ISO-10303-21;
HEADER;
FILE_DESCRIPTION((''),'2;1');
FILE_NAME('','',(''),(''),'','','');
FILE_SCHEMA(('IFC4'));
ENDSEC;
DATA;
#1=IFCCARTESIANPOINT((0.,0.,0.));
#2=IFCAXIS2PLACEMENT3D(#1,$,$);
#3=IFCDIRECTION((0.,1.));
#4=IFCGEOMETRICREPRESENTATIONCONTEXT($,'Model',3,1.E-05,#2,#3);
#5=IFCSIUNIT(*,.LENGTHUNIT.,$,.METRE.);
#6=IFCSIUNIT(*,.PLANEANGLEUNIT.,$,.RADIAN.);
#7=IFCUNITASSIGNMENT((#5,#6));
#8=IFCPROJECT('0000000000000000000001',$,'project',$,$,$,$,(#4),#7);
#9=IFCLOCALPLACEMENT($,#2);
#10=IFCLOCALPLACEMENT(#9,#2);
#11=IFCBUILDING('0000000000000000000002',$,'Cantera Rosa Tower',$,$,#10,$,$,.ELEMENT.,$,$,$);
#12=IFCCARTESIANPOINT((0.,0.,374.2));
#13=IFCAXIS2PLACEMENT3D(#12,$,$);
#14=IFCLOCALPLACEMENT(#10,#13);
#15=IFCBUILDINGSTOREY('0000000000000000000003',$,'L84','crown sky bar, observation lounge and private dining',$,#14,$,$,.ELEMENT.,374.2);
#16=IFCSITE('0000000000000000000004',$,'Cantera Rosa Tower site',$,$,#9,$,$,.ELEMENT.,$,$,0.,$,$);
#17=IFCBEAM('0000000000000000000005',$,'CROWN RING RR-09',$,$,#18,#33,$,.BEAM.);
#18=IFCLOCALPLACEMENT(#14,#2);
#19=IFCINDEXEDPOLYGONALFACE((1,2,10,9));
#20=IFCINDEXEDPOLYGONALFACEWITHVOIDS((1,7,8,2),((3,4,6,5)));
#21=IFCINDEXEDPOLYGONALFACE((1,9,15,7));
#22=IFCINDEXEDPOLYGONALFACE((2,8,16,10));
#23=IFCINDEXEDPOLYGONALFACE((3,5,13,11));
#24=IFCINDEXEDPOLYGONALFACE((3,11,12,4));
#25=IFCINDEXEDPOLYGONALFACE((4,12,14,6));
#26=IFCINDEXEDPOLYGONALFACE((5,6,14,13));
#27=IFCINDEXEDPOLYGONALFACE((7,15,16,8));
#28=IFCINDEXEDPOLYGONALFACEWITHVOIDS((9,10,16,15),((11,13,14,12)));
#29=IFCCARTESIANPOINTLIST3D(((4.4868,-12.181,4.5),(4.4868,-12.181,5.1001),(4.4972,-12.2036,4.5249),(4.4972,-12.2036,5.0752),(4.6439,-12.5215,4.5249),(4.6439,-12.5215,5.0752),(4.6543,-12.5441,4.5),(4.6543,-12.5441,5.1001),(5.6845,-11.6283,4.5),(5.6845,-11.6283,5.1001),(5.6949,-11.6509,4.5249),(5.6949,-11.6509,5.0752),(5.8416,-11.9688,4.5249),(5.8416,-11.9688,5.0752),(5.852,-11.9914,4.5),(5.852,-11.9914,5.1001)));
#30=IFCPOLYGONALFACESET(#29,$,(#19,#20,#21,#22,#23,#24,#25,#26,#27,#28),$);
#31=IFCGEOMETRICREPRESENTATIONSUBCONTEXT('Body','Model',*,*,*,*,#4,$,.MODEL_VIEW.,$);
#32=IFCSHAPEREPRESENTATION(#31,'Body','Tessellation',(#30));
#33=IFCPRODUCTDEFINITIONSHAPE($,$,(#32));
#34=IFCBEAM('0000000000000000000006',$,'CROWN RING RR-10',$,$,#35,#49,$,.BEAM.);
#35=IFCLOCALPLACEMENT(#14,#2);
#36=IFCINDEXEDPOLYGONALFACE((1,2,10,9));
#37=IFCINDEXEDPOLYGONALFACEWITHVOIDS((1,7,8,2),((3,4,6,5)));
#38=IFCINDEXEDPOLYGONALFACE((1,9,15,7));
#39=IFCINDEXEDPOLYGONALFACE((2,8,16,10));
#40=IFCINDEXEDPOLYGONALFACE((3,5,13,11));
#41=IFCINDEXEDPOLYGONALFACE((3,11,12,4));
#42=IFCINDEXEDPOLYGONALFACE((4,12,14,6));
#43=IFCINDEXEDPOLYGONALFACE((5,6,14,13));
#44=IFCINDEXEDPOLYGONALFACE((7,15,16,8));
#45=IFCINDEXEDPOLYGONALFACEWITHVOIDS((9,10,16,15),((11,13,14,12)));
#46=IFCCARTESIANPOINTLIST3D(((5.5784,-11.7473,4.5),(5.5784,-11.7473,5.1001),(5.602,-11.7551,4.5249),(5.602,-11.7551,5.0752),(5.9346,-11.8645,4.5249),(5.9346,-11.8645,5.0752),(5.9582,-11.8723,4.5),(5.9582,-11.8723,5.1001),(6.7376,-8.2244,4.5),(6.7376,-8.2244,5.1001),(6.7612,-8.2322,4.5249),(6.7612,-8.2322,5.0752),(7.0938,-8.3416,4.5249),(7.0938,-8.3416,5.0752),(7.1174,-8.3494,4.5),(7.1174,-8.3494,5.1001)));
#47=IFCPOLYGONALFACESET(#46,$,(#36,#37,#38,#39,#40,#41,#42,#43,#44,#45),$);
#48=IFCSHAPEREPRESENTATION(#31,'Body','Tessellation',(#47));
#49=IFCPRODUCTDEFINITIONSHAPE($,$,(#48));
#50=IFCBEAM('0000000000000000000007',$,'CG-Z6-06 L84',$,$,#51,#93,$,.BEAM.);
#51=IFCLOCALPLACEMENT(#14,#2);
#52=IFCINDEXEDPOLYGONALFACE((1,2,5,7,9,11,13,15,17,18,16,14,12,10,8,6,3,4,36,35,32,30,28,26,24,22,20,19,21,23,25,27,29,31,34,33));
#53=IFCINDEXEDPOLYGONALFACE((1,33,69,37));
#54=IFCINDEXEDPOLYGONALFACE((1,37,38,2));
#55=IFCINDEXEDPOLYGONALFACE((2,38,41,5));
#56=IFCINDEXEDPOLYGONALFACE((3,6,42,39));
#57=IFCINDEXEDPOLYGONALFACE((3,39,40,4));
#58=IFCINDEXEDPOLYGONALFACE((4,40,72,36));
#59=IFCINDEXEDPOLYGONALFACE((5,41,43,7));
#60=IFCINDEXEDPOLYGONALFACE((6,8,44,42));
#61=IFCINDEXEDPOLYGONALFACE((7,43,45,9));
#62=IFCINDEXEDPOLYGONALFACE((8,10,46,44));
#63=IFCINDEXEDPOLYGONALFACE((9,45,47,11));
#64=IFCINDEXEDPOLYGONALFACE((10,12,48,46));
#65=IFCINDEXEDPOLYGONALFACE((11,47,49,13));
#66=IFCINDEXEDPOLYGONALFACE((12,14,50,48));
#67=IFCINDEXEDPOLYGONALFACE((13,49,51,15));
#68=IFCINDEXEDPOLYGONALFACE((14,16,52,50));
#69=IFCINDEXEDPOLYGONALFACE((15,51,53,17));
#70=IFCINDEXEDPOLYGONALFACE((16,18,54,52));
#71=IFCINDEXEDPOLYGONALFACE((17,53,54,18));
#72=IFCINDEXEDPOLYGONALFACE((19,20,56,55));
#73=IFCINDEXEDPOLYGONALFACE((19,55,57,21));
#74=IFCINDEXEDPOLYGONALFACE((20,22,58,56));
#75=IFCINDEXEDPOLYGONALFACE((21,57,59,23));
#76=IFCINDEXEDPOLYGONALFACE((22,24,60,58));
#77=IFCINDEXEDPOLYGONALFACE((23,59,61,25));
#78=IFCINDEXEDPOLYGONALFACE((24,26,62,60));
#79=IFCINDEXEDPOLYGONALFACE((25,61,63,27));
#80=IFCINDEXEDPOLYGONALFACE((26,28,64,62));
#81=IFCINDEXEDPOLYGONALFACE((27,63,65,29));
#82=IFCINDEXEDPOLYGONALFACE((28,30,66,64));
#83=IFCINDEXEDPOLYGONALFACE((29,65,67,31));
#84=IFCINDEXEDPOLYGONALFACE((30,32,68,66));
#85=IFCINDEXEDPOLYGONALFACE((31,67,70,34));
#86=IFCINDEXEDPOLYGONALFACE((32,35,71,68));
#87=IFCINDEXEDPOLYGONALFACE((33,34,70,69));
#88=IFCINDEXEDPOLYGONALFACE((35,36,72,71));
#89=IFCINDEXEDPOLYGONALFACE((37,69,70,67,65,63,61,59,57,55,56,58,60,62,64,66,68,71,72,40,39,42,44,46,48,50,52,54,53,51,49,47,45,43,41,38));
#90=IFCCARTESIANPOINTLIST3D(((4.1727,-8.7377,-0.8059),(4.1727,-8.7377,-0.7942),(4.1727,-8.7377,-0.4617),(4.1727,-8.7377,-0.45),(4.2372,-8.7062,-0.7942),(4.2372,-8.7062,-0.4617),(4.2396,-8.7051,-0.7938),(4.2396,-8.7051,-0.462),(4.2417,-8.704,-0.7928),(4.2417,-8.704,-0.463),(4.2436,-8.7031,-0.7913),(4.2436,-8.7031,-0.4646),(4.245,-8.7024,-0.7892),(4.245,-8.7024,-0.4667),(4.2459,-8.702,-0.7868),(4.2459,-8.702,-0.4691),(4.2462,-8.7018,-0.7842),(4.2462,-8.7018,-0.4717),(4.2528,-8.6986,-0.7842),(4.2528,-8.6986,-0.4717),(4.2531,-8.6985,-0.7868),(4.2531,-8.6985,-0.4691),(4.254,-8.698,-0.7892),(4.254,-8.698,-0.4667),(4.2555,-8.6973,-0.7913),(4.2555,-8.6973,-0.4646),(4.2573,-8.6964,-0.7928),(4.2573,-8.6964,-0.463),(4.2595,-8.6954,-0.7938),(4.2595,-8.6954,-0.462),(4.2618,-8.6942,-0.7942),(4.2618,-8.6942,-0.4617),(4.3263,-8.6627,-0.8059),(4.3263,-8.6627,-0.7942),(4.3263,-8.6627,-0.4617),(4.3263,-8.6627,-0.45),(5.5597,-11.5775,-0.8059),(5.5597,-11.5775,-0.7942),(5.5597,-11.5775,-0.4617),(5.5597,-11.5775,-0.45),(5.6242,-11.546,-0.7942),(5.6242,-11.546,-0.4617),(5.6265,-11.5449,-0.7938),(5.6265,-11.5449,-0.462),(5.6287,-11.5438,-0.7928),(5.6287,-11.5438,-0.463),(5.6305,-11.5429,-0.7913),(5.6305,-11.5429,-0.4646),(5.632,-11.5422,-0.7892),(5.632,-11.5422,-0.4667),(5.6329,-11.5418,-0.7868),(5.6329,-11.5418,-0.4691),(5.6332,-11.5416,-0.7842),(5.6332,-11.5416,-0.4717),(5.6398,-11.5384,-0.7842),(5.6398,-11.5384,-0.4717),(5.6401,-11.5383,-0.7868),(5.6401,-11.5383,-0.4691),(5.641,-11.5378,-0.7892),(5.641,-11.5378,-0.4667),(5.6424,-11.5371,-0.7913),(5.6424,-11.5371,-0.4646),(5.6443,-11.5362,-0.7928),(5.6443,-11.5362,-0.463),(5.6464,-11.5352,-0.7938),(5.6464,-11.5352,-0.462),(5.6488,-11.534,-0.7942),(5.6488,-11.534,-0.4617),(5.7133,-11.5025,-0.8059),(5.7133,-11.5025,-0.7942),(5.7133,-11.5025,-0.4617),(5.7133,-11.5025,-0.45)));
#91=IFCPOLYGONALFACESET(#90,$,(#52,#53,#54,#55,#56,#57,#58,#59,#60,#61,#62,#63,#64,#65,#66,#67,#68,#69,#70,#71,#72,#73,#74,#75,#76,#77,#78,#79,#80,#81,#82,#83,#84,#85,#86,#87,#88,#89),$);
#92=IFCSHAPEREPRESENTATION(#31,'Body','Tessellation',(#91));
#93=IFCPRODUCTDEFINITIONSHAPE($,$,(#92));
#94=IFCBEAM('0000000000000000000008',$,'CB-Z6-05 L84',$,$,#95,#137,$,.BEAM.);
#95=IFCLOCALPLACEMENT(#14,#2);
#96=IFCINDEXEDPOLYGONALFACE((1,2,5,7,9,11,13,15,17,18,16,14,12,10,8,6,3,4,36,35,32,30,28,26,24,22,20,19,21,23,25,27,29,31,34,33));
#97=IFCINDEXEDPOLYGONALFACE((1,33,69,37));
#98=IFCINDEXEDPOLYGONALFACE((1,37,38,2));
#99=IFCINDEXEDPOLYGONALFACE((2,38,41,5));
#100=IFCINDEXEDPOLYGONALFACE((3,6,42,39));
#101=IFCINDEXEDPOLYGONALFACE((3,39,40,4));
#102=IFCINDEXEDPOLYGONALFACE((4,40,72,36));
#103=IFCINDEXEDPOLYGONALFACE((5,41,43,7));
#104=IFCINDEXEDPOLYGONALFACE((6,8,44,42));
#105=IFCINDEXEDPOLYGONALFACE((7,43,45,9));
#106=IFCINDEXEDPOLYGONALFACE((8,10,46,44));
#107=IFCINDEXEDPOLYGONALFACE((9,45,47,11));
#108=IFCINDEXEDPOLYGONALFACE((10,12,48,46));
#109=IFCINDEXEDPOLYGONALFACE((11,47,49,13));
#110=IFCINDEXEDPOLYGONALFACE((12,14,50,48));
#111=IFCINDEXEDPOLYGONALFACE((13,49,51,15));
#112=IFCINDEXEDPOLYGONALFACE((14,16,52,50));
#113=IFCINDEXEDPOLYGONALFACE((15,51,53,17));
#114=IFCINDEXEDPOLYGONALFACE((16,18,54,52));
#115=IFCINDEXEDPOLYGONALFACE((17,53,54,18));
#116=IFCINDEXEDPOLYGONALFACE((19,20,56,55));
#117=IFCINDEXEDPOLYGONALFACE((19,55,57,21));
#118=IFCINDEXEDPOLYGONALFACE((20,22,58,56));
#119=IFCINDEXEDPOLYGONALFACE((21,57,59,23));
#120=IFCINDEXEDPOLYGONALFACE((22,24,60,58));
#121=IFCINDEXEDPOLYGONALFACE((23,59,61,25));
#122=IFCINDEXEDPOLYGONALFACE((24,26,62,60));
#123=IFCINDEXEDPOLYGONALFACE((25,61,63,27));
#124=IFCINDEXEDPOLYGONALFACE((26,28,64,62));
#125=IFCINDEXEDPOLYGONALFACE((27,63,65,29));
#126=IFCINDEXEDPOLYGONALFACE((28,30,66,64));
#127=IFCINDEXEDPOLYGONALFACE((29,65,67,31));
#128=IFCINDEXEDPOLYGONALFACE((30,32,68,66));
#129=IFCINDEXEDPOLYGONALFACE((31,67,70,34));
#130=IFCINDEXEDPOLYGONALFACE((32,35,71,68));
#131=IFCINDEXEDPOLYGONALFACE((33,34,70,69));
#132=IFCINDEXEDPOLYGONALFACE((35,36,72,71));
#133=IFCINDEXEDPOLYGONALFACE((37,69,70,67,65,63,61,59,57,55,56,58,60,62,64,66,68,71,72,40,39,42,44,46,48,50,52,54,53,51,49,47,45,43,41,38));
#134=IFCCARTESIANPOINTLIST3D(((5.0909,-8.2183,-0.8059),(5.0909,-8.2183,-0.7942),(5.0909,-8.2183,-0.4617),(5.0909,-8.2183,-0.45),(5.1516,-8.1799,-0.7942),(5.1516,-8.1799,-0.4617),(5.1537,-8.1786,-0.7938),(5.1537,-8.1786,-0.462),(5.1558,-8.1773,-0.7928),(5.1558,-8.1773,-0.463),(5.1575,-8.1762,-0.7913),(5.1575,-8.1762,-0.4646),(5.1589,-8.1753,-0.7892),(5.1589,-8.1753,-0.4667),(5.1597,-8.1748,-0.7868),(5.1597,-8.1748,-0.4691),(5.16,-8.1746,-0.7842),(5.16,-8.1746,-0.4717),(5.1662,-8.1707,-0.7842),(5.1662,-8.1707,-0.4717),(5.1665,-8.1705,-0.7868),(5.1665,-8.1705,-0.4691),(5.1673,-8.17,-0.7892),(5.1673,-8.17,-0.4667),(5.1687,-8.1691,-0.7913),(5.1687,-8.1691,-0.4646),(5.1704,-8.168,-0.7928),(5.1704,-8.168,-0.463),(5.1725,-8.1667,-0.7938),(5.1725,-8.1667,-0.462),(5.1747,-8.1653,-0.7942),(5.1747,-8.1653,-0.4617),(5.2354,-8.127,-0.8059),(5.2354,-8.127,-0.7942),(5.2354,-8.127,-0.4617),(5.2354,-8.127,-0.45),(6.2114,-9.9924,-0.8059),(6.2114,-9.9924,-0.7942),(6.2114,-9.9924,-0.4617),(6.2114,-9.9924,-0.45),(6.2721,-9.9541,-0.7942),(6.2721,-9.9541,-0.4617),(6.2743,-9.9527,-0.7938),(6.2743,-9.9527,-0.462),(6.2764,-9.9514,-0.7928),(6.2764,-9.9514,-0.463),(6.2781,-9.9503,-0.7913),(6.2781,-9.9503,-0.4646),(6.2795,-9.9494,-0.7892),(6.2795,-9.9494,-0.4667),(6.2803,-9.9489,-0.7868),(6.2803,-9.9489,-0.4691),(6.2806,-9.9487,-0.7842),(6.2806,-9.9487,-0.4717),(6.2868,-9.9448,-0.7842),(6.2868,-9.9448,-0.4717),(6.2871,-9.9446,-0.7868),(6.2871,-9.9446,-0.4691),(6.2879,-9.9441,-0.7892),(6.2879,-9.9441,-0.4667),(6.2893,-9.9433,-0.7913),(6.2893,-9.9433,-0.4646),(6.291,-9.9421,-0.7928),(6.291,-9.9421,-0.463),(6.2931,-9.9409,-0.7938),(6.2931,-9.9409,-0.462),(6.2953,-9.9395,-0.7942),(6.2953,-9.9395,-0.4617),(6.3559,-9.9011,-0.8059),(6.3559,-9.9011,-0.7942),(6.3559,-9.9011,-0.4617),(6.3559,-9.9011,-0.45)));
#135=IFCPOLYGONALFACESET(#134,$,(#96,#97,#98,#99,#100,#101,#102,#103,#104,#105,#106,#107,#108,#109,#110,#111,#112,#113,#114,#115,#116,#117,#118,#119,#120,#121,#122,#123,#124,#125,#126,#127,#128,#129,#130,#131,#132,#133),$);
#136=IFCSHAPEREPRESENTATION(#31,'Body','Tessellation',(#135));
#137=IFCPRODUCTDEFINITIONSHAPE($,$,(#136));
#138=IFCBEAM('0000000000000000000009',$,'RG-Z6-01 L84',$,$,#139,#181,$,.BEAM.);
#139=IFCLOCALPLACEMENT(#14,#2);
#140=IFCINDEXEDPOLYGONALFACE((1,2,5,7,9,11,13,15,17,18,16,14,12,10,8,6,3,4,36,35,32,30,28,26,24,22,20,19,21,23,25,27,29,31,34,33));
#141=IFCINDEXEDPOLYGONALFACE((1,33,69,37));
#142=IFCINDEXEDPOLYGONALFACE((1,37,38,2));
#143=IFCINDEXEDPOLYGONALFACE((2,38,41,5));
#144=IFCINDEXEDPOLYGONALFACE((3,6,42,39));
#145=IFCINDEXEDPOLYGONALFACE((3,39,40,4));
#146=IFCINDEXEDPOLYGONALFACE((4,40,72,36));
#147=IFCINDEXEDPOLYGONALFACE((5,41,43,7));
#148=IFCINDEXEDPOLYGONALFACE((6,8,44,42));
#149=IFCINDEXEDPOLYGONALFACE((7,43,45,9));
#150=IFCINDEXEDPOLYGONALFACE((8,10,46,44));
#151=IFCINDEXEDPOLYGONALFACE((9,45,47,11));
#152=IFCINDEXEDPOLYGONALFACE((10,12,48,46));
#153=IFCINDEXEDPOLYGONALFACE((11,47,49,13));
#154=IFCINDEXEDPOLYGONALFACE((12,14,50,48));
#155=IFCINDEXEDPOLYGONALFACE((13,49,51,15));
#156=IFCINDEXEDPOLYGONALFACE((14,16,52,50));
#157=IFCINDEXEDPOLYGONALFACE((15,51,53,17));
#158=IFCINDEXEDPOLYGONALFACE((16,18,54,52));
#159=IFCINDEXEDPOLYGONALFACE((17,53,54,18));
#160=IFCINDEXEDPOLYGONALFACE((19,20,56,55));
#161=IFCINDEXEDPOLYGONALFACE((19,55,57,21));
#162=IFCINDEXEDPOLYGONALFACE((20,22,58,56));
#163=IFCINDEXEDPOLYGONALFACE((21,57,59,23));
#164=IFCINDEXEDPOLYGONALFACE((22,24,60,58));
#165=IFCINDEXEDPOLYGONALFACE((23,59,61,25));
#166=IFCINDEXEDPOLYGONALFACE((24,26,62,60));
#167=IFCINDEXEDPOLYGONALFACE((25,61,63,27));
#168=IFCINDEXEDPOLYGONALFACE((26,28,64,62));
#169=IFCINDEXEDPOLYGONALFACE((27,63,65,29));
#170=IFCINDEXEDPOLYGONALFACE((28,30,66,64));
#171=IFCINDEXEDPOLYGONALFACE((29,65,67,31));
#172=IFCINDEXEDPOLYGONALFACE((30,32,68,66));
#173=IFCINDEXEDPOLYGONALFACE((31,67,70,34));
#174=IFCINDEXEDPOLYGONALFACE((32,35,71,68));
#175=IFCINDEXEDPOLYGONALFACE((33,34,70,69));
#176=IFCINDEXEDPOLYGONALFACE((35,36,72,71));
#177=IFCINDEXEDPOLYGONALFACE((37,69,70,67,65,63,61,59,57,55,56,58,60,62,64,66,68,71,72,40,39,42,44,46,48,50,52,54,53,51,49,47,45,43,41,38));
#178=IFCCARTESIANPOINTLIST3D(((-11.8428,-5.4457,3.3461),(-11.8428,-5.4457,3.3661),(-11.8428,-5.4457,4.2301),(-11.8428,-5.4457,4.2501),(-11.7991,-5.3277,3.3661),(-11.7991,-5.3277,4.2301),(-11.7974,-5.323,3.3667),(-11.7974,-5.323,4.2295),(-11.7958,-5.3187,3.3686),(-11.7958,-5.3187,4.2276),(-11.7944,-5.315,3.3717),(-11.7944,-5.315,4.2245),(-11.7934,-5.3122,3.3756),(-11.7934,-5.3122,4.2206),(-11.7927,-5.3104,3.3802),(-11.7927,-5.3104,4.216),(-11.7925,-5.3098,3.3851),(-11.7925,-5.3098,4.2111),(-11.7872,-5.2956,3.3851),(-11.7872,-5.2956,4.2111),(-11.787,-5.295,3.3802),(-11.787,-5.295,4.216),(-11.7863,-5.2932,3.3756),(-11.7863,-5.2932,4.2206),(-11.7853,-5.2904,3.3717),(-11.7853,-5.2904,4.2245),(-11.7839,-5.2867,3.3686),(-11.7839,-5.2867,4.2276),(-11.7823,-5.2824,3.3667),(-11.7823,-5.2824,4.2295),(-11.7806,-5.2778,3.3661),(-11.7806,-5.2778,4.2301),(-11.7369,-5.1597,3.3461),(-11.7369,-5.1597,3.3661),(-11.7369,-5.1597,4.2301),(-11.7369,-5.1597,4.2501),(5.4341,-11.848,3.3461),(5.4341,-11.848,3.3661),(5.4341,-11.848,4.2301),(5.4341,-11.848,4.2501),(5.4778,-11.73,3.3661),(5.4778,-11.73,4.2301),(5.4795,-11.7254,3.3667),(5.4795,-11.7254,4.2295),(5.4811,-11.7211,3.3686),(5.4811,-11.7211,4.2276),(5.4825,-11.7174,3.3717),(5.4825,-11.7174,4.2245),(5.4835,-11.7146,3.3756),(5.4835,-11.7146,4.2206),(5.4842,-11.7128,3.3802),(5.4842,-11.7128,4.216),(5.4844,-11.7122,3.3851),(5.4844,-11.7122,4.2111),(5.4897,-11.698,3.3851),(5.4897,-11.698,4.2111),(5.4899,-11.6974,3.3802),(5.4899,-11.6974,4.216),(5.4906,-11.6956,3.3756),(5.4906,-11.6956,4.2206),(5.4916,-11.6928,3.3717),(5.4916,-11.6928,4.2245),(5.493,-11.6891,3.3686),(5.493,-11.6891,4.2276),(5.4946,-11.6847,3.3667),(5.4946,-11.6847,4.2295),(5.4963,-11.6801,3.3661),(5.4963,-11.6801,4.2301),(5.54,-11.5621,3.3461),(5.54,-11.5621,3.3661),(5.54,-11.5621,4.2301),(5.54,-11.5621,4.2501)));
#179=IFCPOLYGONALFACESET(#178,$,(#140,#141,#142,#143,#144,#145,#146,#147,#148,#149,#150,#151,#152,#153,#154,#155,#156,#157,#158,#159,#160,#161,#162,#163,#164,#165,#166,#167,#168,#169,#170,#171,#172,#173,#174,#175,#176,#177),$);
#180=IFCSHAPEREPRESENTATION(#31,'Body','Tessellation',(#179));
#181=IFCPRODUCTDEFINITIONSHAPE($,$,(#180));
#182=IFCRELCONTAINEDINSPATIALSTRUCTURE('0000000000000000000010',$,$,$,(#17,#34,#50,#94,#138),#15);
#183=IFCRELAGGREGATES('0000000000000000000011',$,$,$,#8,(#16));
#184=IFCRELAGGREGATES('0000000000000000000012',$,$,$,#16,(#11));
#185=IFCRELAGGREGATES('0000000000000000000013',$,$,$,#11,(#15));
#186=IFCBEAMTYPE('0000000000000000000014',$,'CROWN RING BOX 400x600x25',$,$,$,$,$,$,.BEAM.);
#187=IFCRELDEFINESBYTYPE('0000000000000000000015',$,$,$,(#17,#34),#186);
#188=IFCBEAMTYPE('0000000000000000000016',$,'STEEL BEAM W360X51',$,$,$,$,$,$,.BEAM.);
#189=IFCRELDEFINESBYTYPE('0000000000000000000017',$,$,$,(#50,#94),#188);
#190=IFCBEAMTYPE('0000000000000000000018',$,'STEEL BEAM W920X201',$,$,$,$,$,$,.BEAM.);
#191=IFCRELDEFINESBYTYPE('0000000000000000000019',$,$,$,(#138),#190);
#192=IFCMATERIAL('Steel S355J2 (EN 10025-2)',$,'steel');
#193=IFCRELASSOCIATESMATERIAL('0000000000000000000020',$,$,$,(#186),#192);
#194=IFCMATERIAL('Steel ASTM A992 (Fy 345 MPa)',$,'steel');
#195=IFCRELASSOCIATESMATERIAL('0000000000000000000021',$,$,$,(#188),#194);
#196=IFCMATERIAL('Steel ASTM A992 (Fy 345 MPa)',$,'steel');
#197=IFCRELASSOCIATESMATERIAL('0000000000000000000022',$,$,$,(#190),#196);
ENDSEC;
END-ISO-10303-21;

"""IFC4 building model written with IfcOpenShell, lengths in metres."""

from ifc_helpers import new_model, si_unit, direction, frame, origin, origin_2d, place, context, subcontext, project, spatial, hollow_rectangle, i_section, extrude, material, material_profile, profile_set, type_object, element, save


model = new_model("IFC4")

# Units and contexts
model_context = context("Model", 3, precision=1e-05, world=origin(), true_north=direction((0.0, 1.0)))
body_context = subcontext(model_context, "Body", "Model", "MODEL_VIEW")
ifc_project = project(units=[si_unit("LENGTHUNIT", "METRE"), si_unit("PLANEANGLEUNIT", "RADIAN")], contexts=[model_context])

# Site, building, storey
site_placement = place(None, origin())
site = spatial("IfcSite", under=ifc_project, at=site_placement, Name="Cantera Rosa Tower site", CompositionType="ELEMENT", RefElevation=0.0)
building_placement = place(site_placement, origin())
building = spatial("IfcBuilding", under=site, at=building_placement, Name="Cantera Rosa Tower", CompositionType="ELEMENT")
storey_placement = place(building_placement, frame((0.0, 0.0, 374.2)))
storey = spatial("IfcBuildingStorey", under=building, at=storey_placement, Name="L84", Description="crown sky bar, observation lounge and private dining", CompositionType="ELEMENT", Elevation=374.2)

# Beams
ifc_material_1 = material(Name="Steel S355J2 (EN 10025-2)", Category="steel")
ifc_material_profile_1 = material_profile(ifc_material_1, hollow_rectangle(XDim=0.3999, YDim=0.6001, WallThickness=0.0249, at=origin_2d()), Name="CROWN RING BOX 400x600x25")
ifc_profile_set_1 = profile_set([ifc_material_profile_1], Name="Steel S355J2 (EN 10025-2)")
beam_type_1 = type_object("IfcBeamType", Name="CROWN RING BOX 400x600x25", PredefinedType="BEAM", material=ifc_profile_set_1)
beam_1_placement = place(storey_placement, frame((4.5706, -12.3625, 4.8), z_axis=(0.907981, 0.419011, 0.0), x_axis=(-0.419011, 0.907981, 0.0)))
element("IfcBeam", 1, at=beam_1_placement, inside=storey, type_object=beam_type_1, Name="CROWN RING RR-09", PredefinedType="BEAM", context=body_context, shape_type="SweptSolid", body=[
    extrude(hollow_rectangle(XDim=0.3999, YDim=0.6001, WallThickness=0.0249, at=origin_2d()), origin(), (0.0, 0.0, 1.0), 1.3191),
])
beam_2_placement = place(storey_placement, frame((5.7683, -11.8098, 4.8), z_axis=(0.312552, 0.949901, 0.0), x_axis=(-0.949901, 0.312552, 0.0)))
element("IfcBeam", 2, at=beam_2_placement, inside=storey, type_object=beam_type_1, Name="CROWN RING RR-10", PredefinedType="BEAM", context=body_context, shape_type="SweptSolid", body=[
    extrude(hollow_rectangle(XDim=0.3999, YDim=0.6001, WallThickness=0.0249, at=origin_2d()), origin(), (0.0, 0.0, 1.0), 3.7087),
])
ifc_material_2 = material(Name="Steel ASTM A992 (Fy 345 MPa)", Category="steel")
ifc_material_profile_2 = material_profile(ifc_material_2, i_section(OverallWidth=0.1709, OverallDepth=0.356, WebThickness=0.0073, FlangeThickness=0.0117, FilletRadius=0.01, at=origin_2d()), Name="W360X51")
ifc_profile_set_2 = profile_set([ifc_material_profile_2], Name="Steel ASTM A992 (Fy 345 MPa)")
beam_type_2 = type_object("IfcBeamType", Name="STEEL BEAM W360X51", PredefinedType="BEAM", material=ifc_profile_set_2)
beam_3_placement = place(storey_placement, frame((5.6365, -11.54, -0.6279), z_axis=(-0.438851, 0.89856, 0.0), x_axis=(-0.89856, -0.438851, 0.0)))
element("IfcBeam", 3, at=beam_3_placement, inside=storey, type_object=beam_type_2, Name="CG-Z6-06 L84", PredefinedType="BEAM", context=body_context, shape_type="SweptSolid", body=[
    extrude(i_section(OverallWidth=0.1709, OverallDepth=0.356, WebThickness=0.0073, FlangeThickness=0.0117, FilletRadius=0.01, at=origin_2d()), origin(), (0.0, 0.0, 1.0), 3.1604),
])
beam_4_placement = place(storey_placement, frame((6.2837, -9.9468, -0.6279), z_axis=(-0.534019, 0.845472, 0.0), x_axis=(-0.845472, -0.534019, 0.0)))
element("IfcBeam", 4, at=beam_4_placement, inside=storey, type_object=beam_type_2, Name="CB-Z6-05 L84", PredefinedType="BEAM", context=body_context, shape_type="SweptSolid", body=[
    extrude(i_section(OverallWidth=0.1709, OverallDepth=0.356, WebThickness=0.0073, FlangeThickness=0.0117, FilletRadius=0.01, at=origin_2d()), origin(), (0.0, 0.0, 1.0), 2.0984),
])
ifc_material_3 = material(Name="Steel ASTM A992 (Fy 345 MPa)", Category="steel")
ifc_material_profile_3 = material_profile(ifc_material_3, i_section(OverallWidth=0.3049, OverallDepth=0.9041, WebThickness=0.0151, FlangeThickness=0.02, FilletRadius=0.019, at=origin_2d()), Name="W920X201")
ifc_profile_set_3 = profile_set([ifc_material_profile_3], Name="Steel ASTM A992 (Fy 345 MPa)")
beam_type_3 = type_object("IfcBeamType", Name="STEEL BEAM W920X201", PredefinedType="BEAM", material=ifc_profile_set_3)
beam_5_placement = place(storey_placement, frame((5.4871, -11.7051, 3.7981), z_axis=(-0.937687, 0.347482, 0.0), x_axis=(-0.347482, -0.937687, 0.0)))
element("IfcBeam", 5, at=beam_5_placement, inside=storey, type_object=beam_type_3, Name="RG-Z6-01 L84", PredefinedType="BEAM", context=body_context, shape_type="SweptSolid", body=[
    extrude(i_section(OverallWidth=0.3049, OverallDepth=0.9041, WebThickness=0.0151, FlangeThickness=0.02, FilletRadius=0.019, at=origin_2d()), origin(), (0.0, 0.0, 1.0), 18.425),
])

save(model, "model.ifc")
